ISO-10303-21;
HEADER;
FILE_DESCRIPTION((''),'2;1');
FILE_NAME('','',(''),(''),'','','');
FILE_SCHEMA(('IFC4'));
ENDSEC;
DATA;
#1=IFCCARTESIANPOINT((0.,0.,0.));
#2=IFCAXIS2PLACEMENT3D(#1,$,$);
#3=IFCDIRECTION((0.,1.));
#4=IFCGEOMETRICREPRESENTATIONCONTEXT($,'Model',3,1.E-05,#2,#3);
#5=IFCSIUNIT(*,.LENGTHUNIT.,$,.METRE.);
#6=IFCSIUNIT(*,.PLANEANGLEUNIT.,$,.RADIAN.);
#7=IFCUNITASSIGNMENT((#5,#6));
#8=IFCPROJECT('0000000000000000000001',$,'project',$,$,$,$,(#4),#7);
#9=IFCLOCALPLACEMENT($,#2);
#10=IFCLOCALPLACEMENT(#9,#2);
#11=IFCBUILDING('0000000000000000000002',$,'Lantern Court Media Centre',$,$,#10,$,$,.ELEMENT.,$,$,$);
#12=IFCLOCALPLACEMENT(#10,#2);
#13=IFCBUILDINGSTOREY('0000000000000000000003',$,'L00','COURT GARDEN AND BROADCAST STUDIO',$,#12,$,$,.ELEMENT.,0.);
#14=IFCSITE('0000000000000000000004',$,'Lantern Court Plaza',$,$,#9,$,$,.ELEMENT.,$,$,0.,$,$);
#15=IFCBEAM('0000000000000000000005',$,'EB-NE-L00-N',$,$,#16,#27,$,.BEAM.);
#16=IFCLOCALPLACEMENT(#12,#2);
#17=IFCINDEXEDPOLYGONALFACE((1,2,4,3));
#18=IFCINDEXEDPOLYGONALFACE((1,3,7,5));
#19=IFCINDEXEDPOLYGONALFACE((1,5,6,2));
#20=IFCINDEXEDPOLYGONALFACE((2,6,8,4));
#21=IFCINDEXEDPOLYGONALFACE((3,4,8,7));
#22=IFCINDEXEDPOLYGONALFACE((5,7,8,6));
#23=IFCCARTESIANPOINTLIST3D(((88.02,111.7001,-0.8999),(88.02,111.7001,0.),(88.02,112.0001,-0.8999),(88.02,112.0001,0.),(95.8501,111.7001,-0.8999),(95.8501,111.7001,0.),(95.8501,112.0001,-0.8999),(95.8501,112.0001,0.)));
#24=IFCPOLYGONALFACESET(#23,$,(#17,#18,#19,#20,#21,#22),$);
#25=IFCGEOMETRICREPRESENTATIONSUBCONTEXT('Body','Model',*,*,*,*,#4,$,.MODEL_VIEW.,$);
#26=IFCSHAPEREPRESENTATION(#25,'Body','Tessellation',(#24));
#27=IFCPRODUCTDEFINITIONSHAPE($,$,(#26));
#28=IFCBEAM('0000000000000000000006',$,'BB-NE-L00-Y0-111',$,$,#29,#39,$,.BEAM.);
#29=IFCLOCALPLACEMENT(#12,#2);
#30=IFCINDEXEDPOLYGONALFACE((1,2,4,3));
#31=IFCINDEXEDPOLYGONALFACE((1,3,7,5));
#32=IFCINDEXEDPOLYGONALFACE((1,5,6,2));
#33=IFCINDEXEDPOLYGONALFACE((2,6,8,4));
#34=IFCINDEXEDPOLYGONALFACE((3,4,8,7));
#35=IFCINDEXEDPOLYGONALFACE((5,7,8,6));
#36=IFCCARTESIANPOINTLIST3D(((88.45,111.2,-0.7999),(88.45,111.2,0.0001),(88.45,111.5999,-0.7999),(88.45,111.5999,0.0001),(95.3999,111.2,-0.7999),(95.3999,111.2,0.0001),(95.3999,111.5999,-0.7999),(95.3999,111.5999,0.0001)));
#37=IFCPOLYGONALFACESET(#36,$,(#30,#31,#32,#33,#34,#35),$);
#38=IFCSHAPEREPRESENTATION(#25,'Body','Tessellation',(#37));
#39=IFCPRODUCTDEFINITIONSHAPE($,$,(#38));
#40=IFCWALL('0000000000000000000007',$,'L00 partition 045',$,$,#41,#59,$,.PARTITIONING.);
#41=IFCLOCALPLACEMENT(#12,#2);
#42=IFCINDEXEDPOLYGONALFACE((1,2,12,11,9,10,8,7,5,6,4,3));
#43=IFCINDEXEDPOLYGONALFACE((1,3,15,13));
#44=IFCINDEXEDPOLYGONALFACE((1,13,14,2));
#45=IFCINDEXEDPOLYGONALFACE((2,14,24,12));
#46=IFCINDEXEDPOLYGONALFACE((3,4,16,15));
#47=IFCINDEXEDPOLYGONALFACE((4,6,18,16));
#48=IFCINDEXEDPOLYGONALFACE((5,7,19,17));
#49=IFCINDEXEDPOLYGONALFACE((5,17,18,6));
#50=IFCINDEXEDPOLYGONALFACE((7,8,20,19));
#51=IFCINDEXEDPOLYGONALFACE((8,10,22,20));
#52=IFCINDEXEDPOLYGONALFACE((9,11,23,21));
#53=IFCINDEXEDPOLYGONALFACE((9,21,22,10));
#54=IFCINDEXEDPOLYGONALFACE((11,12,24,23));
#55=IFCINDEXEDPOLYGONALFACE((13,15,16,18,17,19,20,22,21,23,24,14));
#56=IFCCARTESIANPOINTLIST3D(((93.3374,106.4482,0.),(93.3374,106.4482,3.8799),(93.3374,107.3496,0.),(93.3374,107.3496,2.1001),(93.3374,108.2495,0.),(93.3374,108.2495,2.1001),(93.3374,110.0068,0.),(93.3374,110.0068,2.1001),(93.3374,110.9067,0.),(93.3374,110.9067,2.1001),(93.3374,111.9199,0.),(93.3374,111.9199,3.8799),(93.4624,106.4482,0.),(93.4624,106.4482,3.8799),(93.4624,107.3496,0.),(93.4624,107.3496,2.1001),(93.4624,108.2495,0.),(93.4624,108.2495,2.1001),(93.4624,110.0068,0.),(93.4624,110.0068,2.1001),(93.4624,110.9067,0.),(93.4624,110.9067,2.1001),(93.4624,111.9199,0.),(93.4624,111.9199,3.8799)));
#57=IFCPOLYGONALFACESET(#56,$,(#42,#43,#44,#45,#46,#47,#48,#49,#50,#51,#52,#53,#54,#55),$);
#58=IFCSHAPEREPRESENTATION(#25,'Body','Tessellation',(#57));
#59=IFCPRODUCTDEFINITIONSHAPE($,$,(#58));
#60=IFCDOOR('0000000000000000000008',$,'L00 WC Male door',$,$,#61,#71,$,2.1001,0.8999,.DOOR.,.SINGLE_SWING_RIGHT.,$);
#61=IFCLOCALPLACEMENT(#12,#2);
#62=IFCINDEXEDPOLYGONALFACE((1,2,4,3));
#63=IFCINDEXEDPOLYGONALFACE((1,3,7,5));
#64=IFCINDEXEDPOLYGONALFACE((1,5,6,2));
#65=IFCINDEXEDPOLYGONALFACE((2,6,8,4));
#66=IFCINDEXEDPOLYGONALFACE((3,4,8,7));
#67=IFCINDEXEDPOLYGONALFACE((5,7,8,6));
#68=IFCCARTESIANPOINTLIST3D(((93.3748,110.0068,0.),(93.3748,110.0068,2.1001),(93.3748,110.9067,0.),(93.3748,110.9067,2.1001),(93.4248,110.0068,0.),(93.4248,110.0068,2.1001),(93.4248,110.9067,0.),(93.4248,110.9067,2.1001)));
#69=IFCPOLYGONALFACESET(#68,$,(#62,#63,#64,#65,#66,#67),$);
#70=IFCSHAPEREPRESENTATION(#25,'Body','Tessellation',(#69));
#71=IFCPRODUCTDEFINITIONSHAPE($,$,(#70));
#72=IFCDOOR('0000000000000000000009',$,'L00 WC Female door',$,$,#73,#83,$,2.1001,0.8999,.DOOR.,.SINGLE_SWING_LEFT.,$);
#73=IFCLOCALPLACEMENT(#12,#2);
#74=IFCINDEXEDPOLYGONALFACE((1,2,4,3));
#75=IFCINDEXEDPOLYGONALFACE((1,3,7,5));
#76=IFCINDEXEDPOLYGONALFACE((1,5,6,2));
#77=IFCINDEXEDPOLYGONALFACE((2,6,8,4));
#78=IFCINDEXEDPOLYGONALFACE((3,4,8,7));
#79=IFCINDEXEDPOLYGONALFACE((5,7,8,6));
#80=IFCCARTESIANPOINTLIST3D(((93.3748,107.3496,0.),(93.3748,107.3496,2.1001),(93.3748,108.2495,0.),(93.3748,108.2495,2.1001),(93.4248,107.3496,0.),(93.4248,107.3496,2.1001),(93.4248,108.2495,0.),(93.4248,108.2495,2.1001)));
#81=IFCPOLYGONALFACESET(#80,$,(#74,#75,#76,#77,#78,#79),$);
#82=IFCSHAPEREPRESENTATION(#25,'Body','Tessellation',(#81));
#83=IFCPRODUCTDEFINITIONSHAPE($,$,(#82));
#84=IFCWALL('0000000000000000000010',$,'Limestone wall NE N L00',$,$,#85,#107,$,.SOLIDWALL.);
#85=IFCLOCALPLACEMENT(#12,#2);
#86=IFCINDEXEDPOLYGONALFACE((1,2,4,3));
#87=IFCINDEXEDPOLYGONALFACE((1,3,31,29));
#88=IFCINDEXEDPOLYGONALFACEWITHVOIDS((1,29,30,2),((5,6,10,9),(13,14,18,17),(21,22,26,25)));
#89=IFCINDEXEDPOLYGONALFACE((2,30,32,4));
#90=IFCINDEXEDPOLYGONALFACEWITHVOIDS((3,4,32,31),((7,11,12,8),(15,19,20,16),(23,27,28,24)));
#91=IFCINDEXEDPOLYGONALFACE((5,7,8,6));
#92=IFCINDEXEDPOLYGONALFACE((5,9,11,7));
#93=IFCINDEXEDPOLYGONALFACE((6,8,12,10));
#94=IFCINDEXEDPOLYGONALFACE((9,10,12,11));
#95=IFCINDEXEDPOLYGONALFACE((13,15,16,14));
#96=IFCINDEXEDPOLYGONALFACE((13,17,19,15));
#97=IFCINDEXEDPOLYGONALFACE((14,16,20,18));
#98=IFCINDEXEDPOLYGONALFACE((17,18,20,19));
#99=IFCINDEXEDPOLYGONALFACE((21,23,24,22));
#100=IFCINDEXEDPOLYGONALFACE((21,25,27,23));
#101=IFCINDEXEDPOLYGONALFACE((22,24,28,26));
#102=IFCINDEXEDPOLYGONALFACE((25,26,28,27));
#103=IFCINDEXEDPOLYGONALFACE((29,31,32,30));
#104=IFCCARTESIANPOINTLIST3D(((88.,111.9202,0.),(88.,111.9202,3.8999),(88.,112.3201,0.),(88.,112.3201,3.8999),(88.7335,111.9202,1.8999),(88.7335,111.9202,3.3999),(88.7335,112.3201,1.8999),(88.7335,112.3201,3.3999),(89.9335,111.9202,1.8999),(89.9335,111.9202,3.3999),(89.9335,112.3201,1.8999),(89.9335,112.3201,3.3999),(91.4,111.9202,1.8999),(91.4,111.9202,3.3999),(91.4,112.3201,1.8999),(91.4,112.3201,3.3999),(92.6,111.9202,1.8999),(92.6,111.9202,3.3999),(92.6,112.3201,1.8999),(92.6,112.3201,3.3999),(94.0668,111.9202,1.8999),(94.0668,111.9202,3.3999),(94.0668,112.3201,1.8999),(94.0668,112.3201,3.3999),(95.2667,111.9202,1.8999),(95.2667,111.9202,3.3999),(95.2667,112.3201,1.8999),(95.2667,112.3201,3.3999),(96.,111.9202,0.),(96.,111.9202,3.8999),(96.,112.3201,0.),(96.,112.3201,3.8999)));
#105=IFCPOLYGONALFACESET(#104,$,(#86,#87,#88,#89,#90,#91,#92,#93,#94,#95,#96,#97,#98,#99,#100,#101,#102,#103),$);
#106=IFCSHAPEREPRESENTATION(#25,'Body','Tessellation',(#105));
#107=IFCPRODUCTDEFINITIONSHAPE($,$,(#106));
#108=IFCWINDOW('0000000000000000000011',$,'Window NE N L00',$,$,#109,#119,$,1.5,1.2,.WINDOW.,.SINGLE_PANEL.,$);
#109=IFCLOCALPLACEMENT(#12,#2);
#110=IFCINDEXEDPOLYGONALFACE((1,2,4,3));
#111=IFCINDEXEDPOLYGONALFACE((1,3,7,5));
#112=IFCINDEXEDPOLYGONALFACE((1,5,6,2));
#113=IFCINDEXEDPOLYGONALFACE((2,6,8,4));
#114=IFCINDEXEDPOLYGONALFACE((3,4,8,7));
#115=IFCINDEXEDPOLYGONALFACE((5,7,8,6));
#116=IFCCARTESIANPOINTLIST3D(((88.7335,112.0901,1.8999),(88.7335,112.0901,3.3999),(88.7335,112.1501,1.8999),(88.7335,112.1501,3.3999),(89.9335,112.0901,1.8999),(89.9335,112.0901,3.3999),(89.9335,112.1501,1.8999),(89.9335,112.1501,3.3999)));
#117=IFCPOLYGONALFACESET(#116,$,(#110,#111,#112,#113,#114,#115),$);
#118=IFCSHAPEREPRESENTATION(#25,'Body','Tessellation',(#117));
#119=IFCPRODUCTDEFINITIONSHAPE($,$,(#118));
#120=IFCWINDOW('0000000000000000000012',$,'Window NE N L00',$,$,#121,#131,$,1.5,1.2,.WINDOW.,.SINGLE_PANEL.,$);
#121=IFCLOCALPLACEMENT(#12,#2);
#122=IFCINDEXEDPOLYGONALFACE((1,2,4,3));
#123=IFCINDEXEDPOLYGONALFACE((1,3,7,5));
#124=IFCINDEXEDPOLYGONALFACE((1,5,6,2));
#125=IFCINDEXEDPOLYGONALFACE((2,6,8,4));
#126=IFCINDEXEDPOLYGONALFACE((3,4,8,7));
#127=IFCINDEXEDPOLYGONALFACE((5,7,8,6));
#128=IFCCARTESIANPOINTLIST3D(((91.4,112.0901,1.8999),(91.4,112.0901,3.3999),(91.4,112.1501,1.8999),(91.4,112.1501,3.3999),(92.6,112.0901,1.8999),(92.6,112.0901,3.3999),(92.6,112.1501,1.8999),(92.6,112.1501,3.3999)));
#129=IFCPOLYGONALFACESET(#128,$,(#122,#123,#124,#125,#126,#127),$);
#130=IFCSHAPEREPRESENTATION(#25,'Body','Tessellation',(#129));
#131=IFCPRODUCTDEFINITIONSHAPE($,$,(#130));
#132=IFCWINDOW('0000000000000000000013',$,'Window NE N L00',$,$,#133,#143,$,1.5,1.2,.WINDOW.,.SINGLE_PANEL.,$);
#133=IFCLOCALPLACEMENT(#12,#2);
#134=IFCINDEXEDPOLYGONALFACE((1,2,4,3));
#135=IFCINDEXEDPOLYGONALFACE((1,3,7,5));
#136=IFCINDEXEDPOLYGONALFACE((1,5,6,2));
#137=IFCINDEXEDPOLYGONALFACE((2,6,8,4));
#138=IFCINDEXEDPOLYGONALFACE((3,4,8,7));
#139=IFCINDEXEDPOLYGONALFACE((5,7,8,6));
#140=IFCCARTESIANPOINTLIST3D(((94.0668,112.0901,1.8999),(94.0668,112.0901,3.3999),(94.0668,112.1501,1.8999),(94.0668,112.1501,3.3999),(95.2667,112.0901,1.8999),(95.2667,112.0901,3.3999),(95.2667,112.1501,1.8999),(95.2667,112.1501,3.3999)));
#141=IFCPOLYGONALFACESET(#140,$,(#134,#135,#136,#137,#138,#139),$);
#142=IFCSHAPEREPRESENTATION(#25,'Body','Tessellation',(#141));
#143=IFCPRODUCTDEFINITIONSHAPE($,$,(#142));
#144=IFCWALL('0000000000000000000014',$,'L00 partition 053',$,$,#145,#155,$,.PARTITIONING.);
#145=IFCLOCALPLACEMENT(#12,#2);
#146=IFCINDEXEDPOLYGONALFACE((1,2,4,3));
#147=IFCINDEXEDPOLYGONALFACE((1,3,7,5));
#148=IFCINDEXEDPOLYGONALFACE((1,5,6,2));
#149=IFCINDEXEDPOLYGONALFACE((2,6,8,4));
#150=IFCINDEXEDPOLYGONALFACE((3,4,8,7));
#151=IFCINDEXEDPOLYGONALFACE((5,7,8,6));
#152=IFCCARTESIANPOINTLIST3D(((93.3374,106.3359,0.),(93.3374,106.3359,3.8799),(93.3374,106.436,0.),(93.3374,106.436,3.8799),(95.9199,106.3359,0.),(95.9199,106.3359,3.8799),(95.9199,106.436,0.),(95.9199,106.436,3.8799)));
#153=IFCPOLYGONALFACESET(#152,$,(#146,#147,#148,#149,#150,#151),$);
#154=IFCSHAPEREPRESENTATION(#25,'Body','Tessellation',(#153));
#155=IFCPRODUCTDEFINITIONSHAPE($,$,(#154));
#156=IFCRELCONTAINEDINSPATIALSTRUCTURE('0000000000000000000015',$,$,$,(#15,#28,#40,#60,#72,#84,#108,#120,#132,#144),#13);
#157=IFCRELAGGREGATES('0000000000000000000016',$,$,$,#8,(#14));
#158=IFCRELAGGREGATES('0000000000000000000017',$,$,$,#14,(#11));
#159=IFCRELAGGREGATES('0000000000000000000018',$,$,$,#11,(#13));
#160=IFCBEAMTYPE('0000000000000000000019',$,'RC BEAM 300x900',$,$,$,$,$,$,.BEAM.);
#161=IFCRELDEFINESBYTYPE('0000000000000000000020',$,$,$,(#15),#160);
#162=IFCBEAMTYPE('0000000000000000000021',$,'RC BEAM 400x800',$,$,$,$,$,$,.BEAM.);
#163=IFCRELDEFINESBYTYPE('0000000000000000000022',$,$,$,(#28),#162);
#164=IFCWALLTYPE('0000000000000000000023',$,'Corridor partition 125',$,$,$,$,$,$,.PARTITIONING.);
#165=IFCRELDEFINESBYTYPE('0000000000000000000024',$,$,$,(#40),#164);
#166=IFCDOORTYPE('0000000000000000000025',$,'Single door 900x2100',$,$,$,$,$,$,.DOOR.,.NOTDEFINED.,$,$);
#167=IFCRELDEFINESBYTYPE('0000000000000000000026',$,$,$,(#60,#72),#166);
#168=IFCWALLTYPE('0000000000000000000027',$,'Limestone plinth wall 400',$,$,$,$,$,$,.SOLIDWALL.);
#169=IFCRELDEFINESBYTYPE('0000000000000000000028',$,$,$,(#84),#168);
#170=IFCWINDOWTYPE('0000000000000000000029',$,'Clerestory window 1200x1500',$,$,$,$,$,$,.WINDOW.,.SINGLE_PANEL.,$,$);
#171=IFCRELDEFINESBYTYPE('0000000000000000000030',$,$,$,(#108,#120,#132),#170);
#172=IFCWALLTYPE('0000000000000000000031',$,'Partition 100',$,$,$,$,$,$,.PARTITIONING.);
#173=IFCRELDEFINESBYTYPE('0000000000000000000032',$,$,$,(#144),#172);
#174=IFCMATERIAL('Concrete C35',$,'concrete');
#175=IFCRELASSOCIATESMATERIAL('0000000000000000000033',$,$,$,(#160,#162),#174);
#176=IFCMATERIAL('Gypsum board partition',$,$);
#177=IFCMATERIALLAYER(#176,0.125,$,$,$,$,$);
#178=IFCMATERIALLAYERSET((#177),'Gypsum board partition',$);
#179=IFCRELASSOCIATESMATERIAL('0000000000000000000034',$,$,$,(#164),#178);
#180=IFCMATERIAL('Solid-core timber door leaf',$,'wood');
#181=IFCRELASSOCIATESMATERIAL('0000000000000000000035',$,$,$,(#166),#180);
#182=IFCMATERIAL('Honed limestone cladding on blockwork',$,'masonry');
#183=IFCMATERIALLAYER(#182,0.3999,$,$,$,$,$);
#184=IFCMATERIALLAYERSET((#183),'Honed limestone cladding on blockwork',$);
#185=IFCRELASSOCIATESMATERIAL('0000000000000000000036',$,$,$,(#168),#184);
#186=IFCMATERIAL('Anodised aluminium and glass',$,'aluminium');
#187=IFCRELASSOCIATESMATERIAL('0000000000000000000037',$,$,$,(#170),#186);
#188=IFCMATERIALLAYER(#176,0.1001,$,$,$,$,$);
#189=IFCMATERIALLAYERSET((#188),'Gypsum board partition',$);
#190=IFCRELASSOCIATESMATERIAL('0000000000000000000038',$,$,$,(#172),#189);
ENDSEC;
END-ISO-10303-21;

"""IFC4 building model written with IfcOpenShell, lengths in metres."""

from ifc_helpers import new_model, si_unit, direction, frame, frame_2d, origin, origin_2d, place, context, subcontext, project, spatial, rectangle, extrude, material, layer, layer_set, material_profile, profile_set, type_object, element, fill, save


model = new_model("IFC4")

# Units and contexts
model_context = context("Model", 3, precision=1e-05, world=origin(), true_north=direction((0.0, 1.0)))
body_context = subcontext(model_context, "Body", "Model", "MODEL_VIEW")
ifc_project = project(units=[si_unit("LENGTHUNIT", "METRE"), si_unit("PLANEANGLEUNIT", "RADIAN")], contexts=[model_context])

# Site, building, storey
site_placement = place(None, origin())
site = spatial("IfcSite", under=ifc_project, at=site_placement, Name="Lantern Court Plaza", CompositionType="ELEMENT", RefElevation=0.0)
building_placement = place(site_placement, origin())
building = spatial("IfcBuilding", under=site, at=building_placement, Name="Lantern Court Media Centre", CompositionType="ELEMENT")
storey_placement = place(building_placement, origin())
storey = spatial("IfcBuildingStorey", under=building, at=storey_placement, Name="L00", Description="COURT GARDEN AND BROADCAST STUDIO", CompositionType="ELEMENT", Elevation=0.0)

# Shared definitions
ifc_material_1 = material(Name="Concrete C35", Category="concrete")

# Beams
ifc_material_profile_1 = material_profile(ifc_material_1, rectangle(XDim=0.3, YDim=0.8999, at=origin_2d()), Name="RC 300x900")
ifc_profile_set_1 = profile_set([ifc_material_profile_1], Name="Concrete C35")
beam_type_1 = type_object("IfcBeamType", Name="RC BEAM 300x900", PredefinedType="BEAM", material=ifc_profile_set_1)
beam_1_placement = place(storey_placement, frame((88.02, 111.8501, -0.45), z_axis=(1.0, 0.0, 0.0), x_axis=(0.0, 1.0, 0.0)))
element("IfcBeam", 1, at=beam_1_placement, inside=storey, type_object=beam_type_1, Name="EB-NE-L00-N", PredefinedType="BEAM", context=body_context, shape_type="SweptSolid", body=[
    extrude(rectangle(XDim=0.3, YDim=0.8999, at=origin_2d()), origin(), (0.0, 0.0, 1.0), 7.8301),
])
ifc_material_profile_2 = material_profile(ifc_material_1, rectangle(XDim=0.3999, YDim=0.8, at=origin_2d()), Name="RC 400x800")
ifc_profile_set_2 = profile_set([ifc_material_profile_2], Name="Concrete C35")
beam_type_2 = type_object("IfcBeamType", Name="RC BEAM 400x800", PredefinedType="BEAM", material=ifc_profile_set_2)
beam_2_placement = place(storey_placement, frame((88.45, 111.3999, -0.3999), z_axis=(1.0, 0.0, 0.0), x_axis=(0.0, 1.0, 0.0)))
element("IfcBeam", 2, at=beam_2_placement, inside=storey, type_object=beam_type_2, Name="BB-NE-L00-Y0-111", PredefinedType="BEAM", context=body_context, shape_type="SweptSolid", body=[
    extrude(rectangle(XDim=0.3999, YDim=0.8, at=origin_2d()), origin(), (0.0, 0.0, 1.0), 6.95),
])

# Wall, openings, doors
ifc_material_2 = material(Name="Gypsum board partition")
ifc_layer_1 = layer(ifc_material_2, 0.125)
ifc_layer_set_1 = layer_set([ifc_layer_1], Name="Gypsum board partition")
wall_type_1 = type_object("IfcWallType", Name="Corridor partition 125", PredefinedType="PARTITIONING", material=ifc_layer_set_1)
wall_1_placement = place(storey_placement, frame((93.3999, 106.4482, 0.0), z_axis=(0.0, 0.0, 1.0), x_axis=(0.0, 1.0, 0.0)))
wall_1 = element("IfcWall", 3, at=wall_1_placement, inside=storey, type_object=wall_type_1, Name="L00 partition 045", PredefinedType="PARTITIONING", context=body_context, shape_type="SweptSolid", body=[
    extrude(rectangle(XDim=5.4717, YDim=0.125, at=frame_2d((2.7358, 0.0))), origin(), (0.0, 0.0, 1.0), 3.8799),
])
opening_1_placement = place(wall_1_placement, frame((3.5586, 0.0, 0.0)))
opening_1 = element("IfcOpeningElement", 4, at=opening_1_placement, cuts=wall_1, PredefinedType="OPENING", context=body_context, shape_type="SweptSolid", body=[
    extrude(rectangle(XDim=0.8999, YDim=2.1001, at=frame_2d((0.45, 1.05))), frame((0.0, 0.0725, 0.0), z_axis=(0.0, -1.0, 0.0), x_axis=(1.0, 0.0, 0.0)), (0.0, 0.0, 1.0), 0.145),
])
opening_2_placement = place(wall_1_placement, frame((0.9014, 0.0, 0.0)))
opening_2 = element("IfcOpeningElement", 5, at=opening_2_placement, cuts=wall_1, PredefinedType="OPENING", context=body_context, shape_type="SweptSolid", body=[
    extrude(rectangle(XDim=0.8999, YDim=2.1001, at=frame_2d((0.45, 1.05))), frame((0.0, 0.0725, 0.0), z_axis=(0.0, -1.0, 0.0), x_axis=(1.0, 0.0, 0.0)), (0.0, 0.0, 1.0), 0.145),
])
ifc_material_3 = material(Name="Solid-core timber door leaf", Category="wood")
door_type = type_object("IfcDoorType", Name="Single door 900x2100", OperationType="NOTDEFINED", PredefinedType="DOOR", material=ifc_material_3)
door_1_placement = place(opening_1_placement, frame((0.8999, 0.0, 0.0), z_axis=(0.0, 0.0, 1.0), x_axis=(-1.0, 0.0, 0.0)))
door_1 = element("IfcDoor", 6, at=door_1_placement, inside=storey, type_object=door_type, Name="L00 WC Male door", OperationType="SINGLE_SWING_RIGHT", OverallHeight=2.1001, OverallWidth=0.8999, PredefinedType="DOOR", context=body_context, shape_type="SweptSolid", body=[
    extrude(rectangle(XDim=0.8999, YDim=2.1001, at=frame_2d((0.45, 1.05))), frame((0.0, 0.0249, 0.0), z_axis=(0.0, -1.0, 0.0), x_axis=(1.0, 0.0, 0.0)), (0.0, 0.0, 1.0), 0.05),
])
fill(opening_1, door_1)
door_2_placement = place(opening_2_placement, frame((0.8999, 0.0, 0.0), z_axis=(0.0, 0.0, 1.0), x_axis=(-1.0, 0.0, 0.0)))
door_2 = element("IfcDoor", 7, at=door_2_placement, inside=storey, type_object=door_type, Name="L00 WC Female door", OperationType="SINGLE_SWING_LEFT", OverallHeight=2.1001, OverallWidth=0.8999, PredefinedType="DOOR", context=body_context, shape_type="SweptSolid", body=[
    extrude(rectangle(XDim=0.8999, YDim=2.1001, at=frame_2d((0.45, 1.05))), frame((0.0, 0.0249, 0.0), z_axis=(0.0, -1.0, 0.0), x_axis=(1.0, 0.0, 0.0)), (0.0, 0.0, 1.0), 0.05),
])
fill(opening_2, door_2)

# Wall, openings, windows
ifc_material_4 = material(Name="Honed limestone cladding on blockwork", Category="masonry")
ifc_layer_2 = layer(ifc_material_4, 0.3999)
ifc_layer_set_2 = layer_set([ifc_layer_2], Name="Honed limestone cladding on blockwork")
wall_type_2 = type_object("IfcWallType", Name="Limestone plinth wall 400", PredefinedType="SOLIDWALL", material=ifc_layer_set_2)
wall_2_placement = place(storey_placement, frame((88.0, 112.1201, 0.0), z_axis=(0.0, 0.0, 1.0), x_axis=(1.0, 0.0, 0.0)))
wall_2 = element("IfcWall", 8, at=wall_2_placement, inside=storey, type_object=wall_type_2, Name="Limestone wall NE N L00", PredefinedType="SOLIDWALL", context=body_context, shape_type="SweptSolid", body=[
    extrude(rectangle(XDim=8.0, YDim=0.3999, at=frame_2d((4.0, 0.0))), origin(), (0.0, 0.0, 1.0), 3.8999),
])
opening_3_placement = place(wall_2_placement, frame((0.7334, 0.0, 1.8999)))
opening_3 = element("IfcOpeningElement", 9, at=opening_3_placement, cuts=wall_2, PredefinedType="OPENING", context=body_context, shape_type="SweptSolid", body=[
    extrude(rectangle(XDim=1.2, YDim=1.5, at=frame_2d((0.6001, 0.75))), frame((0.0, 0.21, 0.0), z_axis=(0.0, -1.0, 0.0), x_axis=(1.0, 0.0, 0.0)), (0.0, 0.0, 1.0), 0.4199),
])
opening_4_placement = place(wall_2_placement, frame((3.3999, 0.0, 1.8999)))
opening_4 = element("IfcOpeningElement", 10, at=opening_4_placement, cuts=wall_2, PredefinedType="OPENING", context=body_context, shape_type="SweptSolid", body=[
    extrude(rectangle(XDim=1.2, YDim=1.5, at=frame_2d((0.6001, 0.75))), frame((0.0, 0.21, 0.0), z_axis=(0.0, -1.0, 0.0), x_axis=(1.0, 0.0, 0.0)), (0.0, 0.0, 1.0), 0.4199),
])
opening_5_placement = place(wall_2_placement, frame((6.0667, 0.0, 1.8999)))
opening_5 = element("IfcOpeningElement", 11, at=opening_5_placement, cuts=wall_2, PredefinedType="OPENING", context=body_context, shape_type="SweptSolid", body=[
    extrude(rectangle(XDim=1.2, YDim=1.5, at=frame_2d((0.6001, 0.75))), frame((0.0, 0.21, 0.0), z_axis=(0.0, -1.0, 0.0), x_axis=(1.0, 0.0, 0.0)), (0.0, 0.0, 1.0), 0.4199),
])
ifc_material_5 = material(Name="Anodised aluminium and glass", Category="aluminium")
window_type = type_object("IfcWindowType", Name="Clerestory window 1200x1500", PartitioningType="SINGLE_PANEL", PredefinedType="WINDOW", material=ifc_material_5)
window_1_placement = place(opening_3_placement, origin())
window_1 = element("IfcWindow", 12, at=window_1_placement, inside=storey, type_object=window_type, Name="Window NE N L00", OverallHeight=1.5, OverallWidth=1.2, PartitioningType="SINGLE_PANEL", PredefinedType="WINDOW", context=body_context, shape_type="SweptSolid", body=[
    extrude(rectangle(XDim=1.2, YDim=1.5, at=frame_2d((0.6001, 0.75))), frame((0.0, 0.03, 0.0), z_axis=(0.0, -1.0, 0.0), x_axis=(1.0, 0.0, 0.0)), (0.0, 0.0, 1.0), 0.0601),
])
fill(opening_3, window_1)
window_2_placement = place(opening_4_placement, origin())
window_2 = element("IfcWindow", 13, at=window_2_placement, inside=storey, type_object=window_type, Name="Window NE N L00", OverallHeight=1.5, OverallWidth=1.2, PartitioningType="SINGLE_PANEL", PredefinedType="WINDOW", context=body_context, shape_type="SweptSolid", body=[
    extrude(rectangle(XDim=1.2, YDim=1.5, at=frame_2d((0.6001, 0.75))), frame((0.0, 0.03, 0.0), z_axis=(0.0, -1.0, 0.0), x_axis=(1.0, 0.0, 0.0)), (0.0, 0.0, 1.0), 0.0601),
])
fill(opening_4, window_2)
window_3_placement = place(opening_5_placement, origin())
window_3 = element("IfcWindow", 14, at=window_3_placement, inside=storey, type_object=window_type, Name="Window NE N L00", OverallHeight=1.5, OverallWidth=1.2, PartitioningType="SINGLE_PANEL", PredefinedType="WINDOW", context=body_context, shape_type="SweptSolid", body=[
    extrude(rectangle(XDim=1.2, YDim=1.5, at=frame_2d((0.6001, 0.75))), frame((0.0, 0.03, 0.0), z_axis=(0.0, -1.0, 0.0), x_axis=(1.0, 0.0, 0.0)), (0.0, 0.0, 1.0), 0.0601),
])
fill(opening_5, window_3)

# Wall
ifc_layer_3 = layer(ifc_material_2, 0.1001)
ifc_layer_set_3 = layer_set([ifc_layer_3], Name="Gypsum board partition")
wall_type_3 = type_object("IfcWallType", Name="Partition 100", PredefinedType="PARTITIONING", material=ifc_layer_set_3)
for number, where, z_axis, x_axis, name in (
    (15, (93.3374, 106.386, 0.0), (0.0, 0.0, 1.0), (1.0, 0.0, 0.0), "L00 partition 053"),
):
    element("IfcWall", number, at=place(storey_placement, frame(where, z_axis=z_axis, x_axis=x_axis)), inside=storey, type_object=wall_type_3, Name=name, PredefinedType="PARTITIONING", context=body_context, shape_type="SweptSolid", body=[
        extrude(rectangle(XDim=2.5825, YDim=0.1001, at=frame_2d((1.2913, 0.0))), origin(), (0.0, 0.0, 1.0), 3.8799),
    ])

save(model, "model.ifc")
